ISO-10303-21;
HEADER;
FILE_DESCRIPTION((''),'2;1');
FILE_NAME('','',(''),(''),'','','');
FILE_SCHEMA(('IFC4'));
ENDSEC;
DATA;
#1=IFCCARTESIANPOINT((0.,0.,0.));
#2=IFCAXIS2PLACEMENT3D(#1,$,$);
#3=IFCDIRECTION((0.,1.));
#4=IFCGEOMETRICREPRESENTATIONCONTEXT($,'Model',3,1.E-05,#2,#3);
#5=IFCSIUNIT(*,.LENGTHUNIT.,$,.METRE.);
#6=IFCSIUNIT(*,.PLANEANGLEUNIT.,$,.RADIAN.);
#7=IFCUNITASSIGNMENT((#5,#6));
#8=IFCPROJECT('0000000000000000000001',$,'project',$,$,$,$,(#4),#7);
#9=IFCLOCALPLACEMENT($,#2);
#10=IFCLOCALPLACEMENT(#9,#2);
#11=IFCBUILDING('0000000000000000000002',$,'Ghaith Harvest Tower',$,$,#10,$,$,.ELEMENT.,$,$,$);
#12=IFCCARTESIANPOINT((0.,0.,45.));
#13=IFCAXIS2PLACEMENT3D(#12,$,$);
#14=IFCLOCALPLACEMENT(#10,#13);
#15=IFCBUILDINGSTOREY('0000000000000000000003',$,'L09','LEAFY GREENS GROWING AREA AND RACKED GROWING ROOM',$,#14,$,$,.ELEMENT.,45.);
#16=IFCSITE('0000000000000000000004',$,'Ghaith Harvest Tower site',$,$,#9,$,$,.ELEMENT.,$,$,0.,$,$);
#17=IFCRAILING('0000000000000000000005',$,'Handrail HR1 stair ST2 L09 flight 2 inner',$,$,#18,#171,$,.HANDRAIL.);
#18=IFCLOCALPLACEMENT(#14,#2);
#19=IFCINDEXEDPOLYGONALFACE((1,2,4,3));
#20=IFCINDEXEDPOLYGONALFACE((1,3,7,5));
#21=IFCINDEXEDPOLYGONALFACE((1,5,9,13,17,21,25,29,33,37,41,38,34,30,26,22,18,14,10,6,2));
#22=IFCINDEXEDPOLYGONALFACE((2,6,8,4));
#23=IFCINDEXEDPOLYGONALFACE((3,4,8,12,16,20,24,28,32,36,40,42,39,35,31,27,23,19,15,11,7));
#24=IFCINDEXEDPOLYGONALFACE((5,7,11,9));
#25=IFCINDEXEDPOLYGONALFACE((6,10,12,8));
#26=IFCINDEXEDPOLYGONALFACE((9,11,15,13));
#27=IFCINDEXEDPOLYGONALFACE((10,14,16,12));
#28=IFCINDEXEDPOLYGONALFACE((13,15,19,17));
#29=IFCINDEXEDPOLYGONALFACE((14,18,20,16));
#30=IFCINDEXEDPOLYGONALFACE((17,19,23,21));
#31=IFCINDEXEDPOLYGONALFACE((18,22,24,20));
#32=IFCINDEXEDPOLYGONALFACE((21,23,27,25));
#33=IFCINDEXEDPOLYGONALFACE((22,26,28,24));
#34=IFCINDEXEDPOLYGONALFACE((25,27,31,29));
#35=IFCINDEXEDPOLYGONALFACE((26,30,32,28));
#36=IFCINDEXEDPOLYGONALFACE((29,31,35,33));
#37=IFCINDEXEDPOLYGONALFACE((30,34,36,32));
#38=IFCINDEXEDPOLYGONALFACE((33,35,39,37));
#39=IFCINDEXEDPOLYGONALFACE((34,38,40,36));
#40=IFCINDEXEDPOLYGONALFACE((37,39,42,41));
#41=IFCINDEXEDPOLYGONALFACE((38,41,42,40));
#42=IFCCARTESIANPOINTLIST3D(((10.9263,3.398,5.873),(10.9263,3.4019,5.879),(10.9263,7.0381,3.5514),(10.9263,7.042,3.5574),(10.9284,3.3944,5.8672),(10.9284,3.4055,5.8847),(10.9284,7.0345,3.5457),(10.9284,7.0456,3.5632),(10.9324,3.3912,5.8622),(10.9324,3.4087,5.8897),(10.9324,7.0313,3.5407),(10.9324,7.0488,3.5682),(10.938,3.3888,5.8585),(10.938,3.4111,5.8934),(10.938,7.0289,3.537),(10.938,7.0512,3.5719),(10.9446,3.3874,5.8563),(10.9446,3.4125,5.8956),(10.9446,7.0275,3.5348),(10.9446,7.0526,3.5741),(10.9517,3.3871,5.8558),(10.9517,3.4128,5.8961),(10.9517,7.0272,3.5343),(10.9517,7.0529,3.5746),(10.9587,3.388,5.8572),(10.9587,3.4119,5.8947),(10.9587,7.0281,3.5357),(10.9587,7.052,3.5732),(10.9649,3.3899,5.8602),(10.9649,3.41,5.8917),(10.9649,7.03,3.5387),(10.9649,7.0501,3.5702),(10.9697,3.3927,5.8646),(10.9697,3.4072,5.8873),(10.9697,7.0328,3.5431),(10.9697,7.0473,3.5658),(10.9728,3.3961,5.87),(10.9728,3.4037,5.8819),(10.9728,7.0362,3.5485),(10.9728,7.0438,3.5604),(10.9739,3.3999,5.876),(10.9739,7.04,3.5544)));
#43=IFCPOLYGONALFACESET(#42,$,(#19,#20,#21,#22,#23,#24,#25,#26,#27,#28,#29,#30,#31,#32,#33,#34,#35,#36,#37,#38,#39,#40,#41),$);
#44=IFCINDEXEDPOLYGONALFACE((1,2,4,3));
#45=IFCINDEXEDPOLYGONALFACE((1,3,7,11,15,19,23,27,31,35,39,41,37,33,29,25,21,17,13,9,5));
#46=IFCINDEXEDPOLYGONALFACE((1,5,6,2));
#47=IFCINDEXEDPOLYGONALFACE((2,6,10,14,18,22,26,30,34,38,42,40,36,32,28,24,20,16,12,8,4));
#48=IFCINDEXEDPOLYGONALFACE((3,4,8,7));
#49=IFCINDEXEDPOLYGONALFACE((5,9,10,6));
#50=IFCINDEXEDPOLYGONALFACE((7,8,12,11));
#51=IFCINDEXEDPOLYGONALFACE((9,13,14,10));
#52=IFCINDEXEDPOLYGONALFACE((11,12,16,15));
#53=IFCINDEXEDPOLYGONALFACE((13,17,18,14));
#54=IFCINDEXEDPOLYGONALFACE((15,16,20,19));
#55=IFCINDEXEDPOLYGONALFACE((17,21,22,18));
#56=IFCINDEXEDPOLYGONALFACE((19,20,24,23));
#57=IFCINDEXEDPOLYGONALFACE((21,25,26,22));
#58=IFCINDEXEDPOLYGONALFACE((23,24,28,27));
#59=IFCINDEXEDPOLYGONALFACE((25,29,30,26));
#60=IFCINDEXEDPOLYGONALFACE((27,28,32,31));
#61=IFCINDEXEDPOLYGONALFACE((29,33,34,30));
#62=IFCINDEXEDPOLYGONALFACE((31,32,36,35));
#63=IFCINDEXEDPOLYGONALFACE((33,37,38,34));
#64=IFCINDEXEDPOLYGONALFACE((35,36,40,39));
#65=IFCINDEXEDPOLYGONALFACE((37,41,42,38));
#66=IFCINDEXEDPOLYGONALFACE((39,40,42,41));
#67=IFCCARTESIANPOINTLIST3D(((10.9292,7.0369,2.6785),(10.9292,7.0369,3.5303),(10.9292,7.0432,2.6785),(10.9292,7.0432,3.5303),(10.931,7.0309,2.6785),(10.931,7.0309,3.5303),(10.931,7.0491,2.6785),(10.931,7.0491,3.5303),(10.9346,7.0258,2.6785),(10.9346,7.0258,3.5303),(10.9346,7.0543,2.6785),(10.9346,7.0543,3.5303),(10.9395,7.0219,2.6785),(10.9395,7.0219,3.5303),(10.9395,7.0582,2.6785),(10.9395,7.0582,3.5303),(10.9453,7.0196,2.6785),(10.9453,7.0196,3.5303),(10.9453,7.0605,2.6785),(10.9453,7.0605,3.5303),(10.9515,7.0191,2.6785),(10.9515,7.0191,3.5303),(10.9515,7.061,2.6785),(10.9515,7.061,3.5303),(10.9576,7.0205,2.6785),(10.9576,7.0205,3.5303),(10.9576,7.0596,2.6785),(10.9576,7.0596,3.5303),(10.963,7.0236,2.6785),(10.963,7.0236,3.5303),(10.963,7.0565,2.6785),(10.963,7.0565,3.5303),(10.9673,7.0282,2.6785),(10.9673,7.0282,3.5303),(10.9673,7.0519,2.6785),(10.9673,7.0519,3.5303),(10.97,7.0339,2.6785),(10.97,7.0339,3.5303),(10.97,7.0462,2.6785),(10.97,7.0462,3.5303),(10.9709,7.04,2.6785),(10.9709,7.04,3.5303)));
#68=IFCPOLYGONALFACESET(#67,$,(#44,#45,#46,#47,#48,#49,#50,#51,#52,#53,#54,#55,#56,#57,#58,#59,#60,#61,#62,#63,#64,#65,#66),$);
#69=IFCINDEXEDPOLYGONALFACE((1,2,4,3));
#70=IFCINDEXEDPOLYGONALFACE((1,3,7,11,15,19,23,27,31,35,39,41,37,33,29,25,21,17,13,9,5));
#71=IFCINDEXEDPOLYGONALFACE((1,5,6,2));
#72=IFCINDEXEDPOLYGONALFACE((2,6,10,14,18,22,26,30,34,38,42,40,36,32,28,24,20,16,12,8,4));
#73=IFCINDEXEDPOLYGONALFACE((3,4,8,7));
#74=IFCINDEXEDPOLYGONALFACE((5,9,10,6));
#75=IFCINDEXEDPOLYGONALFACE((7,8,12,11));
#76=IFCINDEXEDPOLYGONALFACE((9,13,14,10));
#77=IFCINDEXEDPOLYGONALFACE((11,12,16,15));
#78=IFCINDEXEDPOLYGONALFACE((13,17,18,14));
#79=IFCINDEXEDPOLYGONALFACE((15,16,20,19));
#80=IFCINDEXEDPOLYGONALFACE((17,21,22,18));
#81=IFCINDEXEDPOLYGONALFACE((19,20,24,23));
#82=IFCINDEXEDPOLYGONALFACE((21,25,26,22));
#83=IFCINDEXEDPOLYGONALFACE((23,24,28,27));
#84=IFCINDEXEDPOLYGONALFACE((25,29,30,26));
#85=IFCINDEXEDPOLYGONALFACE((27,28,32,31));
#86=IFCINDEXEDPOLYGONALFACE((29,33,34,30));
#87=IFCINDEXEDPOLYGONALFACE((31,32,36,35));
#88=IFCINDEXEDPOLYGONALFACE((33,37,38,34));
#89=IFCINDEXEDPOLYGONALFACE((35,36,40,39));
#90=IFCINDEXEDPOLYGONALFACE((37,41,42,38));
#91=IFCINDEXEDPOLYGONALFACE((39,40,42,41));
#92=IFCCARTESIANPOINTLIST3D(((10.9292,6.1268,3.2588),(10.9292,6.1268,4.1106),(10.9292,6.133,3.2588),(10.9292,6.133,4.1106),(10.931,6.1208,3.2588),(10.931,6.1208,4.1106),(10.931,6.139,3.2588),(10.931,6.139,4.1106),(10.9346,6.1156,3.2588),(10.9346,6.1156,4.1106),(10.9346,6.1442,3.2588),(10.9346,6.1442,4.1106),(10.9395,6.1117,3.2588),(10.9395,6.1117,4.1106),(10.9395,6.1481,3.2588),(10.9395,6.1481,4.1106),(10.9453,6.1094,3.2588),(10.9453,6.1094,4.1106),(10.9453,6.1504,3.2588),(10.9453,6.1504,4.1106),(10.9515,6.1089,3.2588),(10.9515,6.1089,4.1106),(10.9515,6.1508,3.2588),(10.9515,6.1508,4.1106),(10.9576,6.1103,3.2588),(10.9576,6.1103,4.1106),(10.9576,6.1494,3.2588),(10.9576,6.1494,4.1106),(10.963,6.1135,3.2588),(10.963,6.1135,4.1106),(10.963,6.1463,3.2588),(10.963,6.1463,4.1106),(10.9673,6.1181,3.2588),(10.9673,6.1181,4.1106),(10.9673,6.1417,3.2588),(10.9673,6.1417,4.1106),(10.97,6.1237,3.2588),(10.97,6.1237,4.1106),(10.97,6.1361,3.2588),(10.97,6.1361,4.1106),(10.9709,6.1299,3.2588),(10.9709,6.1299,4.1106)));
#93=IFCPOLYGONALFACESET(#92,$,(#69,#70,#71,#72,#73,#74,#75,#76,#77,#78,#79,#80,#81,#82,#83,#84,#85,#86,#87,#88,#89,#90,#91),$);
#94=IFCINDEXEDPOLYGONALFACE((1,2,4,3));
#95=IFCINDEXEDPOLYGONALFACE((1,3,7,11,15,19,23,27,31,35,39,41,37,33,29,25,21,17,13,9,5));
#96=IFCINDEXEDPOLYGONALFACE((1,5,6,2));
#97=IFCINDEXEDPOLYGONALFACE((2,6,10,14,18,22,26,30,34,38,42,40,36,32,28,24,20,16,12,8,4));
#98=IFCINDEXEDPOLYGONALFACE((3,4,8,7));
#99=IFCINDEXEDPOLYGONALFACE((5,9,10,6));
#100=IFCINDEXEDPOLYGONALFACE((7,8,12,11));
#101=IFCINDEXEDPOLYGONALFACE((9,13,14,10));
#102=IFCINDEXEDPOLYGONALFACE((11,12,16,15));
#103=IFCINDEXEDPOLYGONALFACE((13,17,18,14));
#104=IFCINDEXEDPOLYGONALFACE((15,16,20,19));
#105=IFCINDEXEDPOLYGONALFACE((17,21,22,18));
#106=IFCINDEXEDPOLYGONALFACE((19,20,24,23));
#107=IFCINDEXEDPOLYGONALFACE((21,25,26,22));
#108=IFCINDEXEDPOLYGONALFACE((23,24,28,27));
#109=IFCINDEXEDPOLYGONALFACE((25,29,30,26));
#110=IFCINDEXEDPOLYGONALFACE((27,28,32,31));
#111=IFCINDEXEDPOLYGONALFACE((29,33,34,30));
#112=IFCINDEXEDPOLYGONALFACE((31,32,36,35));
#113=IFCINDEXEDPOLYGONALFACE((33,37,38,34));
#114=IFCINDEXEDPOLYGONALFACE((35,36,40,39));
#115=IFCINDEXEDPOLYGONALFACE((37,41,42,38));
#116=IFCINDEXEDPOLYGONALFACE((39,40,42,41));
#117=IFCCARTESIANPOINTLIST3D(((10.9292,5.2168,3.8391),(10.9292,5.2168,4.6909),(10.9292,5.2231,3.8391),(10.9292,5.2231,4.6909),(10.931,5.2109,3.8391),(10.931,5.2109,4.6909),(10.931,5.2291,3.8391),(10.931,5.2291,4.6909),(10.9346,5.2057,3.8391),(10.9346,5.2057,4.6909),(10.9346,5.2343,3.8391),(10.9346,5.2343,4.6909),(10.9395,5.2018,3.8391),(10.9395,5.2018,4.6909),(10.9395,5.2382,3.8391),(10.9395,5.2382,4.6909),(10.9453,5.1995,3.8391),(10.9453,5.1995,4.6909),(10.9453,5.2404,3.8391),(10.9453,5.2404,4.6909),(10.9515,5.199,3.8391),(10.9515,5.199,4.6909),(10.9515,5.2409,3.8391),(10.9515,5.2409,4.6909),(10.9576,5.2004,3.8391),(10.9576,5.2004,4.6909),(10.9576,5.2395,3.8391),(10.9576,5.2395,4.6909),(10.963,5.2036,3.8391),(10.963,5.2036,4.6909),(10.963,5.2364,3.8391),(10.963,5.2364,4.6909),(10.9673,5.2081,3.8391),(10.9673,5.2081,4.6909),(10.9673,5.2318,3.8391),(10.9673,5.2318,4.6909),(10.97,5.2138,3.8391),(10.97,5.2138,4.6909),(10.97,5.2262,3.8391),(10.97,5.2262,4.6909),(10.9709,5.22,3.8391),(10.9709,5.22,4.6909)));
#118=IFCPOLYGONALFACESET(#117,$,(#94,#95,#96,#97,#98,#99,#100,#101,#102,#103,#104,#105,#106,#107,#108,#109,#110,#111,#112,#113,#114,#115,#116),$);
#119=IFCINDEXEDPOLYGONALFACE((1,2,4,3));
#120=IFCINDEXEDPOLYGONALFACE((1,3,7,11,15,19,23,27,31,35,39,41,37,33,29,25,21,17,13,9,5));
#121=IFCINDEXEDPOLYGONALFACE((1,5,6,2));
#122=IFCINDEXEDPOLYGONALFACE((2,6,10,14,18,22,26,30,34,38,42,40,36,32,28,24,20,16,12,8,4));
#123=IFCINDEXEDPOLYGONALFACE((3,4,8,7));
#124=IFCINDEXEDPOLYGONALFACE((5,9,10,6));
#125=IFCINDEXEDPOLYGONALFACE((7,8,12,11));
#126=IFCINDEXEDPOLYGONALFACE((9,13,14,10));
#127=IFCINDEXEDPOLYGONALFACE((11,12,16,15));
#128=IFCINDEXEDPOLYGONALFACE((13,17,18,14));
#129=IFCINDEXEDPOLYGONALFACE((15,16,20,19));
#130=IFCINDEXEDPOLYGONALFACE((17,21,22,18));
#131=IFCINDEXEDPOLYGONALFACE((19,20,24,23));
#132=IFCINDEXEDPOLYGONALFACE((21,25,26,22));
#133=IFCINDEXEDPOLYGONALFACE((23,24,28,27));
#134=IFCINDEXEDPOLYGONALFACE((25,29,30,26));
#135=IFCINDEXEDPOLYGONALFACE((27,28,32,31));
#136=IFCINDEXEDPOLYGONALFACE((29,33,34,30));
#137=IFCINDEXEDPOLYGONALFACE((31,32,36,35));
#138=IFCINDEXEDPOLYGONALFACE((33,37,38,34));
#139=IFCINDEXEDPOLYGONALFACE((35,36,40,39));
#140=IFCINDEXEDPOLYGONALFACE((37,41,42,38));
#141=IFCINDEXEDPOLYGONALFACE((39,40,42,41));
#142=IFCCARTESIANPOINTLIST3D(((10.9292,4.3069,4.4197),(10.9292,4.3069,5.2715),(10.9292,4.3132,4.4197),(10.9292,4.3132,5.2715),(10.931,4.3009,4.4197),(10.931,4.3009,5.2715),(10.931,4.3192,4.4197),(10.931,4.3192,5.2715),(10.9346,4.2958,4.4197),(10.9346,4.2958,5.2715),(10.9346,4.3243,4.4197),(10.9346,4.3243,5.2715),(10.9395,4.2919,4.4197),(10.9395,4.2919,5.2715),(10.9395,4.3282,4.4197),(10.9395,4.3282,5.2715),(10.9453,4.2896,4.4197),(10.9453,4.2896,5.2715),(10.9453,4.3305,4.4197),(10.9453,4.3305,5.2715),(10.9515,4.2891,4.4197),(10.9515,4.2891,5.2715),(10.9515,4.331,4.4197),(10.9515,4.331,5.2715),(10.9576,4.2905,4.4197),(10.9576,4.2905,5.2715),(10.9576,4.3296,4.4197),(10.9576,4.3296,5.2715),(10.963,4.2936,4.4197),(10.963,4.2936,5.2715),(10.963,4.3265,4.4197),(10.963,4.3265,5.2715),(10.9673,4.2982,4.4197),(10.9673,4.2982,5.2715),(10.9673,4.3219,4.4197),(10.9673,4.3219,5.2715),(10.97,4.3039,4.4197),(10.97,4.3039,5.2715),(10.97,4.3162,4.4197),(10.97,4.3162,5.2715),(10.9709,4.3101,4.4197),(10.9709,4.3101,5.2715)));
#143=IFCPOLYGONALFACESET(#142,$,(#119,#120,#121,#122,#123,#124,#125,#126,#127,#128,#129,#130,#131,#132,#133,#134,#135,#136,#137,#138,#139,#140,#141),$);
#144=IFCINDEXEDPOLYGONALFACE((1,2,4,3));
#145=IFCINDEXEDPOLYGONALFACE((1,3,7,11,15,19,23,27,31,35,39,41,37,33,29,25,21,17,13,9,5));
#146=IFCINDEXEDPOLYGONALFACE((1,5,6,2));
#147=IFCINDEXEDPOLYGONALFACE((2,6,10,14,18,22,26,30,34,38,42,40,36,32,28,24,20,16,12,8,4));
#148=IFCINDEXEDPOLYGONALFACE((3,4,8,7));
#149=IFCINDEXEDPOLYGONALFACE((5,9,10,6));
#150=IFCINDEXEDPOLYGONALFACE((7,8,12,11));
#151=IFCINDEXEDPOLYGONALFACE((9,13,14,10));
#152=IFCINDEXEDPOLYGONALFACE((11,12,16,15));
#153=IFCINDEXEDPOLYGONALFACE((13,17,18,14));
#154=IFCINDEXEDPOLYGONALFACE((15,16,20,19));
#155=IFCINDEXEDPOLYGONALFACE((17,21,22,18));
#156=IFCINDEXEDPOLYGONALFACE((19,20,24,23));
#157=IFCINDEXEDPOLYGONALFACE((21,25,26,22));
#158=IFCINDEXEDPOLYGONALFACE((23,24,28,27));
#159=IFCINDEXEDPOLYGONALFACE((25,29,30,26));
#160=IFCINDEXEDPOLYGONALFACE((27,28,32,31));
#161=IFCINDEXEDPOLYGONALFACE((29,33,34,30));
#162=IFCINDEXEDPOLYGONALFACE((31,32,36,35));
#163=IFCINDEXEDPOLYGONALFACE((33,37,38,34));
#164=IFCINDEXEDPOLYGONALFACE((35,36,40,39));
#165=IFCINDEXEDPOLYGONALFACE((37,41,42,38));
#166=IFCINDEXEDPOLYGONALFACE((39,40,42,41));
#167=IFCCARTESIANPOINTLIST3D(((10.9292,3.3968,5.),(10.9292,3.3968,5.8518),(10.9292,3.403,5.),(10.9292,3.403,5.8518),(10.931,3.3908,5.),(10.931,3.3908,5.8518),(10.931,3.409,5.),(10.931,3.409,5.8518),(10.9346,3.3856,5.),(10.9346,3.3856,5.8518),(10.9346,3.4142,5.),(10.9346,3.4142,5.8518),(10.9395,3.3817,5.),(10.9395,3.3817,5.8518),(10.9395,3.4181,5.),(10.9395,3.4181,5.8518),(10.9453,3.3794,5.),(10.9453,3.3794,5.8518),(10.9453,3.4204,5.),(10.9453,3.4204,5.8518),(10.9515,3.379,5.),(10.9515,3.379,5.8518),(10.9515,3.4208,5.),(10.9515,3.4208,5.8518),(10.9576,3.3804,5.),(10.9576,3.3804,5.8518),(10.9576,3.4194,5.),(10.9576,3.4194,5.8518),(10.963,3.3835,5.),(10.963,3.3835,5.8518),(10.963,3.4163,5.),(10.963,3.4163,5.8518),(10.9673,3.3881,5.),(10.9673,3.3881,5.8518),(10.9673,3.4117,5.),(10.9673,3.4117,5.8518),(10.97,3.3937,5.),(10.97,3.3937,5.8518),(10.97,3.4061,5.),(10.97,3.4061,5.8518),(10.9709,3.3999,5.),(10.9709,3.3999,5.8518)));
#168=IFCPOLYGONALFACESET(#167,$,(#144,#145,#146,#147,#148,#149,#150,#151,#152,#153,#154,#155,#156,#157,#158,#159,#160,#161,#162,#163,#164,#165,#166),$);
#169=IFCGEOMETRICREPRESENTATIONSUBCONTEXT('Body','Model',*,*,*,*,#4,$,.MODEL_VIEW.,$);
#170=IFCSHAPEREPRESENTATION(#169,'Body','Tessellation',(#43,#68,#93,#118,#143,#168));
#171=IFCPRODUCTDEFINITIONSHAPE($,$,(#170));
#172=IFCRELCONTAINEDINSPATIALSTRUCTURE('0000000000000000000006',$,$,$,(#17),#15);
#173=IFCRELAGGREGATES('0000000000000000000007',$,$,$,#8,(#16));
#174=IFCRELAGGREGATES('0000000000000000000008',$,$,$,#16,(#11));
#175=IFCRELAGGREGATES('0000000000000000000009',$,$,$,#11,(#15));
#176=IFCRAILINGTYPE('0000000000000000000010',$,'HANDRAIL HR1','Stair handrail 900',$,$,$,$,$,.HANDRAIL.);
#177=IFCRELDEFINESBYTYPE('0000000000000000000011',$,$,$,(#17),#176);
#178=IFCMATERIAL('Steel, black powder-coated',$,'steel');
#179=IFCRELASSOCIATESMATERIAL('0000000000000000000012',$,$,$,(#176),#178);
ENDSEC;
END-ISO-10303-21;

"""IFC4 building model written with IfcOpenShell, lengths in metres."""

from ifc_helpers import new_model, si_unit, direction, frame, origin, origin_2d, place, context, subcontext, project, spatial, circle, extrude, material, type_object, element, save


model = new_model("IFC4")

# Units and contexts
model_context = context("Model", 3, precision=1e-05, world=origin(), true_north=direction((0.0, 1.0)))
body_context = subcontext(model_context, "Body", "Model", "MODEL_VIEW")
ifc_project = project(units=[si_unit("LENGTHUNIT", "METRE"), si_unit("PLANEANGLEUNIT", "RADIAN")], contexts=[model_context])

# Site, building, storey
site_placement = place(None, origin())
site = spatial("IfcSite", under=ifc_project, at=site_placement, Name="Ghaith Harvest Tower site", CompositionType="ELEMENT", RefElevation=0.0)
building_placement = place(site_placement, origin())
building = spatial("IfcBuilding", under=site, at=building_placement, Name="Ghaith Harvest Tower", CompositionType="ELEMENT")
storey_placement = place(building_placement, frame((0.0, 0.0, 45.0)))
storey = spatial("IfcBuildingStorey", under=building, at=storey_placement, Name="L09", Description="LEAFY GREENS GROWING AREA AND RACKED GROWING ROOM", CompositionType="ELEMENT", Elevation=45.0)

# Railing
ifc_material_1 = material(Name="Steel, black powder-coated", Category="steel")
railing_type = type_object("IfcRailingType", Name="HANDRAIL HR1", Description="Stair handrail 900", PredefinedType="HANDRAIL", material=ifc_material_1)
railing_1_placement = place(storey_placement, frame((10.95, 7.04, 2.6785)))
element("IfcRailing", 1, at=railing_1_placement, inside=storey, type_object=railing_type, Name="Handrail HR1 stair ST2 L09 flight 2 inner", PredefinedType="HANDRAIL", context=body_context, shape_type="SweptSolid", body=[
    extrude(circle(Radius=0.0239, at=origin_2d()), frame((0.0, 0.0, 0.876), z_axis=(0.0, -0.843128, 0.537713), x_axis=(1.0, 0.0, 0.0)), (0.0, 0.0, 1.0), 4.3174),
    extrude(circle(Radius=0.021, at=origin_2d()), origin(), (0.0, 0.0, 1.0), 0.8518),
    extrude(circle(Radius=0.021, at=origin_2d()), frame((0.0, -0.9102, 0.5803)), (0.0, 0.0, 1.0), 0.8518),
    extrude(circle(Radius=0.021, at=origin_2d()), frame((0.0, -1.8201, 1.1606)), (0.0, 0.0, 1.0), 0.8518),
    extrude(circle(Radius=0.021, at=origin_2d()), frame((0.0, -2.73, 1.7412)), (0.0, 0.0, 1.0), 0.8518),
    extrude(circle(Radius=0.021, at=origin_2d()), frame((0.0, -3.6401, 2.3215)), (0.0, 0.0, 1.0), 0.8518),
])

save(model, "model.ifc")
